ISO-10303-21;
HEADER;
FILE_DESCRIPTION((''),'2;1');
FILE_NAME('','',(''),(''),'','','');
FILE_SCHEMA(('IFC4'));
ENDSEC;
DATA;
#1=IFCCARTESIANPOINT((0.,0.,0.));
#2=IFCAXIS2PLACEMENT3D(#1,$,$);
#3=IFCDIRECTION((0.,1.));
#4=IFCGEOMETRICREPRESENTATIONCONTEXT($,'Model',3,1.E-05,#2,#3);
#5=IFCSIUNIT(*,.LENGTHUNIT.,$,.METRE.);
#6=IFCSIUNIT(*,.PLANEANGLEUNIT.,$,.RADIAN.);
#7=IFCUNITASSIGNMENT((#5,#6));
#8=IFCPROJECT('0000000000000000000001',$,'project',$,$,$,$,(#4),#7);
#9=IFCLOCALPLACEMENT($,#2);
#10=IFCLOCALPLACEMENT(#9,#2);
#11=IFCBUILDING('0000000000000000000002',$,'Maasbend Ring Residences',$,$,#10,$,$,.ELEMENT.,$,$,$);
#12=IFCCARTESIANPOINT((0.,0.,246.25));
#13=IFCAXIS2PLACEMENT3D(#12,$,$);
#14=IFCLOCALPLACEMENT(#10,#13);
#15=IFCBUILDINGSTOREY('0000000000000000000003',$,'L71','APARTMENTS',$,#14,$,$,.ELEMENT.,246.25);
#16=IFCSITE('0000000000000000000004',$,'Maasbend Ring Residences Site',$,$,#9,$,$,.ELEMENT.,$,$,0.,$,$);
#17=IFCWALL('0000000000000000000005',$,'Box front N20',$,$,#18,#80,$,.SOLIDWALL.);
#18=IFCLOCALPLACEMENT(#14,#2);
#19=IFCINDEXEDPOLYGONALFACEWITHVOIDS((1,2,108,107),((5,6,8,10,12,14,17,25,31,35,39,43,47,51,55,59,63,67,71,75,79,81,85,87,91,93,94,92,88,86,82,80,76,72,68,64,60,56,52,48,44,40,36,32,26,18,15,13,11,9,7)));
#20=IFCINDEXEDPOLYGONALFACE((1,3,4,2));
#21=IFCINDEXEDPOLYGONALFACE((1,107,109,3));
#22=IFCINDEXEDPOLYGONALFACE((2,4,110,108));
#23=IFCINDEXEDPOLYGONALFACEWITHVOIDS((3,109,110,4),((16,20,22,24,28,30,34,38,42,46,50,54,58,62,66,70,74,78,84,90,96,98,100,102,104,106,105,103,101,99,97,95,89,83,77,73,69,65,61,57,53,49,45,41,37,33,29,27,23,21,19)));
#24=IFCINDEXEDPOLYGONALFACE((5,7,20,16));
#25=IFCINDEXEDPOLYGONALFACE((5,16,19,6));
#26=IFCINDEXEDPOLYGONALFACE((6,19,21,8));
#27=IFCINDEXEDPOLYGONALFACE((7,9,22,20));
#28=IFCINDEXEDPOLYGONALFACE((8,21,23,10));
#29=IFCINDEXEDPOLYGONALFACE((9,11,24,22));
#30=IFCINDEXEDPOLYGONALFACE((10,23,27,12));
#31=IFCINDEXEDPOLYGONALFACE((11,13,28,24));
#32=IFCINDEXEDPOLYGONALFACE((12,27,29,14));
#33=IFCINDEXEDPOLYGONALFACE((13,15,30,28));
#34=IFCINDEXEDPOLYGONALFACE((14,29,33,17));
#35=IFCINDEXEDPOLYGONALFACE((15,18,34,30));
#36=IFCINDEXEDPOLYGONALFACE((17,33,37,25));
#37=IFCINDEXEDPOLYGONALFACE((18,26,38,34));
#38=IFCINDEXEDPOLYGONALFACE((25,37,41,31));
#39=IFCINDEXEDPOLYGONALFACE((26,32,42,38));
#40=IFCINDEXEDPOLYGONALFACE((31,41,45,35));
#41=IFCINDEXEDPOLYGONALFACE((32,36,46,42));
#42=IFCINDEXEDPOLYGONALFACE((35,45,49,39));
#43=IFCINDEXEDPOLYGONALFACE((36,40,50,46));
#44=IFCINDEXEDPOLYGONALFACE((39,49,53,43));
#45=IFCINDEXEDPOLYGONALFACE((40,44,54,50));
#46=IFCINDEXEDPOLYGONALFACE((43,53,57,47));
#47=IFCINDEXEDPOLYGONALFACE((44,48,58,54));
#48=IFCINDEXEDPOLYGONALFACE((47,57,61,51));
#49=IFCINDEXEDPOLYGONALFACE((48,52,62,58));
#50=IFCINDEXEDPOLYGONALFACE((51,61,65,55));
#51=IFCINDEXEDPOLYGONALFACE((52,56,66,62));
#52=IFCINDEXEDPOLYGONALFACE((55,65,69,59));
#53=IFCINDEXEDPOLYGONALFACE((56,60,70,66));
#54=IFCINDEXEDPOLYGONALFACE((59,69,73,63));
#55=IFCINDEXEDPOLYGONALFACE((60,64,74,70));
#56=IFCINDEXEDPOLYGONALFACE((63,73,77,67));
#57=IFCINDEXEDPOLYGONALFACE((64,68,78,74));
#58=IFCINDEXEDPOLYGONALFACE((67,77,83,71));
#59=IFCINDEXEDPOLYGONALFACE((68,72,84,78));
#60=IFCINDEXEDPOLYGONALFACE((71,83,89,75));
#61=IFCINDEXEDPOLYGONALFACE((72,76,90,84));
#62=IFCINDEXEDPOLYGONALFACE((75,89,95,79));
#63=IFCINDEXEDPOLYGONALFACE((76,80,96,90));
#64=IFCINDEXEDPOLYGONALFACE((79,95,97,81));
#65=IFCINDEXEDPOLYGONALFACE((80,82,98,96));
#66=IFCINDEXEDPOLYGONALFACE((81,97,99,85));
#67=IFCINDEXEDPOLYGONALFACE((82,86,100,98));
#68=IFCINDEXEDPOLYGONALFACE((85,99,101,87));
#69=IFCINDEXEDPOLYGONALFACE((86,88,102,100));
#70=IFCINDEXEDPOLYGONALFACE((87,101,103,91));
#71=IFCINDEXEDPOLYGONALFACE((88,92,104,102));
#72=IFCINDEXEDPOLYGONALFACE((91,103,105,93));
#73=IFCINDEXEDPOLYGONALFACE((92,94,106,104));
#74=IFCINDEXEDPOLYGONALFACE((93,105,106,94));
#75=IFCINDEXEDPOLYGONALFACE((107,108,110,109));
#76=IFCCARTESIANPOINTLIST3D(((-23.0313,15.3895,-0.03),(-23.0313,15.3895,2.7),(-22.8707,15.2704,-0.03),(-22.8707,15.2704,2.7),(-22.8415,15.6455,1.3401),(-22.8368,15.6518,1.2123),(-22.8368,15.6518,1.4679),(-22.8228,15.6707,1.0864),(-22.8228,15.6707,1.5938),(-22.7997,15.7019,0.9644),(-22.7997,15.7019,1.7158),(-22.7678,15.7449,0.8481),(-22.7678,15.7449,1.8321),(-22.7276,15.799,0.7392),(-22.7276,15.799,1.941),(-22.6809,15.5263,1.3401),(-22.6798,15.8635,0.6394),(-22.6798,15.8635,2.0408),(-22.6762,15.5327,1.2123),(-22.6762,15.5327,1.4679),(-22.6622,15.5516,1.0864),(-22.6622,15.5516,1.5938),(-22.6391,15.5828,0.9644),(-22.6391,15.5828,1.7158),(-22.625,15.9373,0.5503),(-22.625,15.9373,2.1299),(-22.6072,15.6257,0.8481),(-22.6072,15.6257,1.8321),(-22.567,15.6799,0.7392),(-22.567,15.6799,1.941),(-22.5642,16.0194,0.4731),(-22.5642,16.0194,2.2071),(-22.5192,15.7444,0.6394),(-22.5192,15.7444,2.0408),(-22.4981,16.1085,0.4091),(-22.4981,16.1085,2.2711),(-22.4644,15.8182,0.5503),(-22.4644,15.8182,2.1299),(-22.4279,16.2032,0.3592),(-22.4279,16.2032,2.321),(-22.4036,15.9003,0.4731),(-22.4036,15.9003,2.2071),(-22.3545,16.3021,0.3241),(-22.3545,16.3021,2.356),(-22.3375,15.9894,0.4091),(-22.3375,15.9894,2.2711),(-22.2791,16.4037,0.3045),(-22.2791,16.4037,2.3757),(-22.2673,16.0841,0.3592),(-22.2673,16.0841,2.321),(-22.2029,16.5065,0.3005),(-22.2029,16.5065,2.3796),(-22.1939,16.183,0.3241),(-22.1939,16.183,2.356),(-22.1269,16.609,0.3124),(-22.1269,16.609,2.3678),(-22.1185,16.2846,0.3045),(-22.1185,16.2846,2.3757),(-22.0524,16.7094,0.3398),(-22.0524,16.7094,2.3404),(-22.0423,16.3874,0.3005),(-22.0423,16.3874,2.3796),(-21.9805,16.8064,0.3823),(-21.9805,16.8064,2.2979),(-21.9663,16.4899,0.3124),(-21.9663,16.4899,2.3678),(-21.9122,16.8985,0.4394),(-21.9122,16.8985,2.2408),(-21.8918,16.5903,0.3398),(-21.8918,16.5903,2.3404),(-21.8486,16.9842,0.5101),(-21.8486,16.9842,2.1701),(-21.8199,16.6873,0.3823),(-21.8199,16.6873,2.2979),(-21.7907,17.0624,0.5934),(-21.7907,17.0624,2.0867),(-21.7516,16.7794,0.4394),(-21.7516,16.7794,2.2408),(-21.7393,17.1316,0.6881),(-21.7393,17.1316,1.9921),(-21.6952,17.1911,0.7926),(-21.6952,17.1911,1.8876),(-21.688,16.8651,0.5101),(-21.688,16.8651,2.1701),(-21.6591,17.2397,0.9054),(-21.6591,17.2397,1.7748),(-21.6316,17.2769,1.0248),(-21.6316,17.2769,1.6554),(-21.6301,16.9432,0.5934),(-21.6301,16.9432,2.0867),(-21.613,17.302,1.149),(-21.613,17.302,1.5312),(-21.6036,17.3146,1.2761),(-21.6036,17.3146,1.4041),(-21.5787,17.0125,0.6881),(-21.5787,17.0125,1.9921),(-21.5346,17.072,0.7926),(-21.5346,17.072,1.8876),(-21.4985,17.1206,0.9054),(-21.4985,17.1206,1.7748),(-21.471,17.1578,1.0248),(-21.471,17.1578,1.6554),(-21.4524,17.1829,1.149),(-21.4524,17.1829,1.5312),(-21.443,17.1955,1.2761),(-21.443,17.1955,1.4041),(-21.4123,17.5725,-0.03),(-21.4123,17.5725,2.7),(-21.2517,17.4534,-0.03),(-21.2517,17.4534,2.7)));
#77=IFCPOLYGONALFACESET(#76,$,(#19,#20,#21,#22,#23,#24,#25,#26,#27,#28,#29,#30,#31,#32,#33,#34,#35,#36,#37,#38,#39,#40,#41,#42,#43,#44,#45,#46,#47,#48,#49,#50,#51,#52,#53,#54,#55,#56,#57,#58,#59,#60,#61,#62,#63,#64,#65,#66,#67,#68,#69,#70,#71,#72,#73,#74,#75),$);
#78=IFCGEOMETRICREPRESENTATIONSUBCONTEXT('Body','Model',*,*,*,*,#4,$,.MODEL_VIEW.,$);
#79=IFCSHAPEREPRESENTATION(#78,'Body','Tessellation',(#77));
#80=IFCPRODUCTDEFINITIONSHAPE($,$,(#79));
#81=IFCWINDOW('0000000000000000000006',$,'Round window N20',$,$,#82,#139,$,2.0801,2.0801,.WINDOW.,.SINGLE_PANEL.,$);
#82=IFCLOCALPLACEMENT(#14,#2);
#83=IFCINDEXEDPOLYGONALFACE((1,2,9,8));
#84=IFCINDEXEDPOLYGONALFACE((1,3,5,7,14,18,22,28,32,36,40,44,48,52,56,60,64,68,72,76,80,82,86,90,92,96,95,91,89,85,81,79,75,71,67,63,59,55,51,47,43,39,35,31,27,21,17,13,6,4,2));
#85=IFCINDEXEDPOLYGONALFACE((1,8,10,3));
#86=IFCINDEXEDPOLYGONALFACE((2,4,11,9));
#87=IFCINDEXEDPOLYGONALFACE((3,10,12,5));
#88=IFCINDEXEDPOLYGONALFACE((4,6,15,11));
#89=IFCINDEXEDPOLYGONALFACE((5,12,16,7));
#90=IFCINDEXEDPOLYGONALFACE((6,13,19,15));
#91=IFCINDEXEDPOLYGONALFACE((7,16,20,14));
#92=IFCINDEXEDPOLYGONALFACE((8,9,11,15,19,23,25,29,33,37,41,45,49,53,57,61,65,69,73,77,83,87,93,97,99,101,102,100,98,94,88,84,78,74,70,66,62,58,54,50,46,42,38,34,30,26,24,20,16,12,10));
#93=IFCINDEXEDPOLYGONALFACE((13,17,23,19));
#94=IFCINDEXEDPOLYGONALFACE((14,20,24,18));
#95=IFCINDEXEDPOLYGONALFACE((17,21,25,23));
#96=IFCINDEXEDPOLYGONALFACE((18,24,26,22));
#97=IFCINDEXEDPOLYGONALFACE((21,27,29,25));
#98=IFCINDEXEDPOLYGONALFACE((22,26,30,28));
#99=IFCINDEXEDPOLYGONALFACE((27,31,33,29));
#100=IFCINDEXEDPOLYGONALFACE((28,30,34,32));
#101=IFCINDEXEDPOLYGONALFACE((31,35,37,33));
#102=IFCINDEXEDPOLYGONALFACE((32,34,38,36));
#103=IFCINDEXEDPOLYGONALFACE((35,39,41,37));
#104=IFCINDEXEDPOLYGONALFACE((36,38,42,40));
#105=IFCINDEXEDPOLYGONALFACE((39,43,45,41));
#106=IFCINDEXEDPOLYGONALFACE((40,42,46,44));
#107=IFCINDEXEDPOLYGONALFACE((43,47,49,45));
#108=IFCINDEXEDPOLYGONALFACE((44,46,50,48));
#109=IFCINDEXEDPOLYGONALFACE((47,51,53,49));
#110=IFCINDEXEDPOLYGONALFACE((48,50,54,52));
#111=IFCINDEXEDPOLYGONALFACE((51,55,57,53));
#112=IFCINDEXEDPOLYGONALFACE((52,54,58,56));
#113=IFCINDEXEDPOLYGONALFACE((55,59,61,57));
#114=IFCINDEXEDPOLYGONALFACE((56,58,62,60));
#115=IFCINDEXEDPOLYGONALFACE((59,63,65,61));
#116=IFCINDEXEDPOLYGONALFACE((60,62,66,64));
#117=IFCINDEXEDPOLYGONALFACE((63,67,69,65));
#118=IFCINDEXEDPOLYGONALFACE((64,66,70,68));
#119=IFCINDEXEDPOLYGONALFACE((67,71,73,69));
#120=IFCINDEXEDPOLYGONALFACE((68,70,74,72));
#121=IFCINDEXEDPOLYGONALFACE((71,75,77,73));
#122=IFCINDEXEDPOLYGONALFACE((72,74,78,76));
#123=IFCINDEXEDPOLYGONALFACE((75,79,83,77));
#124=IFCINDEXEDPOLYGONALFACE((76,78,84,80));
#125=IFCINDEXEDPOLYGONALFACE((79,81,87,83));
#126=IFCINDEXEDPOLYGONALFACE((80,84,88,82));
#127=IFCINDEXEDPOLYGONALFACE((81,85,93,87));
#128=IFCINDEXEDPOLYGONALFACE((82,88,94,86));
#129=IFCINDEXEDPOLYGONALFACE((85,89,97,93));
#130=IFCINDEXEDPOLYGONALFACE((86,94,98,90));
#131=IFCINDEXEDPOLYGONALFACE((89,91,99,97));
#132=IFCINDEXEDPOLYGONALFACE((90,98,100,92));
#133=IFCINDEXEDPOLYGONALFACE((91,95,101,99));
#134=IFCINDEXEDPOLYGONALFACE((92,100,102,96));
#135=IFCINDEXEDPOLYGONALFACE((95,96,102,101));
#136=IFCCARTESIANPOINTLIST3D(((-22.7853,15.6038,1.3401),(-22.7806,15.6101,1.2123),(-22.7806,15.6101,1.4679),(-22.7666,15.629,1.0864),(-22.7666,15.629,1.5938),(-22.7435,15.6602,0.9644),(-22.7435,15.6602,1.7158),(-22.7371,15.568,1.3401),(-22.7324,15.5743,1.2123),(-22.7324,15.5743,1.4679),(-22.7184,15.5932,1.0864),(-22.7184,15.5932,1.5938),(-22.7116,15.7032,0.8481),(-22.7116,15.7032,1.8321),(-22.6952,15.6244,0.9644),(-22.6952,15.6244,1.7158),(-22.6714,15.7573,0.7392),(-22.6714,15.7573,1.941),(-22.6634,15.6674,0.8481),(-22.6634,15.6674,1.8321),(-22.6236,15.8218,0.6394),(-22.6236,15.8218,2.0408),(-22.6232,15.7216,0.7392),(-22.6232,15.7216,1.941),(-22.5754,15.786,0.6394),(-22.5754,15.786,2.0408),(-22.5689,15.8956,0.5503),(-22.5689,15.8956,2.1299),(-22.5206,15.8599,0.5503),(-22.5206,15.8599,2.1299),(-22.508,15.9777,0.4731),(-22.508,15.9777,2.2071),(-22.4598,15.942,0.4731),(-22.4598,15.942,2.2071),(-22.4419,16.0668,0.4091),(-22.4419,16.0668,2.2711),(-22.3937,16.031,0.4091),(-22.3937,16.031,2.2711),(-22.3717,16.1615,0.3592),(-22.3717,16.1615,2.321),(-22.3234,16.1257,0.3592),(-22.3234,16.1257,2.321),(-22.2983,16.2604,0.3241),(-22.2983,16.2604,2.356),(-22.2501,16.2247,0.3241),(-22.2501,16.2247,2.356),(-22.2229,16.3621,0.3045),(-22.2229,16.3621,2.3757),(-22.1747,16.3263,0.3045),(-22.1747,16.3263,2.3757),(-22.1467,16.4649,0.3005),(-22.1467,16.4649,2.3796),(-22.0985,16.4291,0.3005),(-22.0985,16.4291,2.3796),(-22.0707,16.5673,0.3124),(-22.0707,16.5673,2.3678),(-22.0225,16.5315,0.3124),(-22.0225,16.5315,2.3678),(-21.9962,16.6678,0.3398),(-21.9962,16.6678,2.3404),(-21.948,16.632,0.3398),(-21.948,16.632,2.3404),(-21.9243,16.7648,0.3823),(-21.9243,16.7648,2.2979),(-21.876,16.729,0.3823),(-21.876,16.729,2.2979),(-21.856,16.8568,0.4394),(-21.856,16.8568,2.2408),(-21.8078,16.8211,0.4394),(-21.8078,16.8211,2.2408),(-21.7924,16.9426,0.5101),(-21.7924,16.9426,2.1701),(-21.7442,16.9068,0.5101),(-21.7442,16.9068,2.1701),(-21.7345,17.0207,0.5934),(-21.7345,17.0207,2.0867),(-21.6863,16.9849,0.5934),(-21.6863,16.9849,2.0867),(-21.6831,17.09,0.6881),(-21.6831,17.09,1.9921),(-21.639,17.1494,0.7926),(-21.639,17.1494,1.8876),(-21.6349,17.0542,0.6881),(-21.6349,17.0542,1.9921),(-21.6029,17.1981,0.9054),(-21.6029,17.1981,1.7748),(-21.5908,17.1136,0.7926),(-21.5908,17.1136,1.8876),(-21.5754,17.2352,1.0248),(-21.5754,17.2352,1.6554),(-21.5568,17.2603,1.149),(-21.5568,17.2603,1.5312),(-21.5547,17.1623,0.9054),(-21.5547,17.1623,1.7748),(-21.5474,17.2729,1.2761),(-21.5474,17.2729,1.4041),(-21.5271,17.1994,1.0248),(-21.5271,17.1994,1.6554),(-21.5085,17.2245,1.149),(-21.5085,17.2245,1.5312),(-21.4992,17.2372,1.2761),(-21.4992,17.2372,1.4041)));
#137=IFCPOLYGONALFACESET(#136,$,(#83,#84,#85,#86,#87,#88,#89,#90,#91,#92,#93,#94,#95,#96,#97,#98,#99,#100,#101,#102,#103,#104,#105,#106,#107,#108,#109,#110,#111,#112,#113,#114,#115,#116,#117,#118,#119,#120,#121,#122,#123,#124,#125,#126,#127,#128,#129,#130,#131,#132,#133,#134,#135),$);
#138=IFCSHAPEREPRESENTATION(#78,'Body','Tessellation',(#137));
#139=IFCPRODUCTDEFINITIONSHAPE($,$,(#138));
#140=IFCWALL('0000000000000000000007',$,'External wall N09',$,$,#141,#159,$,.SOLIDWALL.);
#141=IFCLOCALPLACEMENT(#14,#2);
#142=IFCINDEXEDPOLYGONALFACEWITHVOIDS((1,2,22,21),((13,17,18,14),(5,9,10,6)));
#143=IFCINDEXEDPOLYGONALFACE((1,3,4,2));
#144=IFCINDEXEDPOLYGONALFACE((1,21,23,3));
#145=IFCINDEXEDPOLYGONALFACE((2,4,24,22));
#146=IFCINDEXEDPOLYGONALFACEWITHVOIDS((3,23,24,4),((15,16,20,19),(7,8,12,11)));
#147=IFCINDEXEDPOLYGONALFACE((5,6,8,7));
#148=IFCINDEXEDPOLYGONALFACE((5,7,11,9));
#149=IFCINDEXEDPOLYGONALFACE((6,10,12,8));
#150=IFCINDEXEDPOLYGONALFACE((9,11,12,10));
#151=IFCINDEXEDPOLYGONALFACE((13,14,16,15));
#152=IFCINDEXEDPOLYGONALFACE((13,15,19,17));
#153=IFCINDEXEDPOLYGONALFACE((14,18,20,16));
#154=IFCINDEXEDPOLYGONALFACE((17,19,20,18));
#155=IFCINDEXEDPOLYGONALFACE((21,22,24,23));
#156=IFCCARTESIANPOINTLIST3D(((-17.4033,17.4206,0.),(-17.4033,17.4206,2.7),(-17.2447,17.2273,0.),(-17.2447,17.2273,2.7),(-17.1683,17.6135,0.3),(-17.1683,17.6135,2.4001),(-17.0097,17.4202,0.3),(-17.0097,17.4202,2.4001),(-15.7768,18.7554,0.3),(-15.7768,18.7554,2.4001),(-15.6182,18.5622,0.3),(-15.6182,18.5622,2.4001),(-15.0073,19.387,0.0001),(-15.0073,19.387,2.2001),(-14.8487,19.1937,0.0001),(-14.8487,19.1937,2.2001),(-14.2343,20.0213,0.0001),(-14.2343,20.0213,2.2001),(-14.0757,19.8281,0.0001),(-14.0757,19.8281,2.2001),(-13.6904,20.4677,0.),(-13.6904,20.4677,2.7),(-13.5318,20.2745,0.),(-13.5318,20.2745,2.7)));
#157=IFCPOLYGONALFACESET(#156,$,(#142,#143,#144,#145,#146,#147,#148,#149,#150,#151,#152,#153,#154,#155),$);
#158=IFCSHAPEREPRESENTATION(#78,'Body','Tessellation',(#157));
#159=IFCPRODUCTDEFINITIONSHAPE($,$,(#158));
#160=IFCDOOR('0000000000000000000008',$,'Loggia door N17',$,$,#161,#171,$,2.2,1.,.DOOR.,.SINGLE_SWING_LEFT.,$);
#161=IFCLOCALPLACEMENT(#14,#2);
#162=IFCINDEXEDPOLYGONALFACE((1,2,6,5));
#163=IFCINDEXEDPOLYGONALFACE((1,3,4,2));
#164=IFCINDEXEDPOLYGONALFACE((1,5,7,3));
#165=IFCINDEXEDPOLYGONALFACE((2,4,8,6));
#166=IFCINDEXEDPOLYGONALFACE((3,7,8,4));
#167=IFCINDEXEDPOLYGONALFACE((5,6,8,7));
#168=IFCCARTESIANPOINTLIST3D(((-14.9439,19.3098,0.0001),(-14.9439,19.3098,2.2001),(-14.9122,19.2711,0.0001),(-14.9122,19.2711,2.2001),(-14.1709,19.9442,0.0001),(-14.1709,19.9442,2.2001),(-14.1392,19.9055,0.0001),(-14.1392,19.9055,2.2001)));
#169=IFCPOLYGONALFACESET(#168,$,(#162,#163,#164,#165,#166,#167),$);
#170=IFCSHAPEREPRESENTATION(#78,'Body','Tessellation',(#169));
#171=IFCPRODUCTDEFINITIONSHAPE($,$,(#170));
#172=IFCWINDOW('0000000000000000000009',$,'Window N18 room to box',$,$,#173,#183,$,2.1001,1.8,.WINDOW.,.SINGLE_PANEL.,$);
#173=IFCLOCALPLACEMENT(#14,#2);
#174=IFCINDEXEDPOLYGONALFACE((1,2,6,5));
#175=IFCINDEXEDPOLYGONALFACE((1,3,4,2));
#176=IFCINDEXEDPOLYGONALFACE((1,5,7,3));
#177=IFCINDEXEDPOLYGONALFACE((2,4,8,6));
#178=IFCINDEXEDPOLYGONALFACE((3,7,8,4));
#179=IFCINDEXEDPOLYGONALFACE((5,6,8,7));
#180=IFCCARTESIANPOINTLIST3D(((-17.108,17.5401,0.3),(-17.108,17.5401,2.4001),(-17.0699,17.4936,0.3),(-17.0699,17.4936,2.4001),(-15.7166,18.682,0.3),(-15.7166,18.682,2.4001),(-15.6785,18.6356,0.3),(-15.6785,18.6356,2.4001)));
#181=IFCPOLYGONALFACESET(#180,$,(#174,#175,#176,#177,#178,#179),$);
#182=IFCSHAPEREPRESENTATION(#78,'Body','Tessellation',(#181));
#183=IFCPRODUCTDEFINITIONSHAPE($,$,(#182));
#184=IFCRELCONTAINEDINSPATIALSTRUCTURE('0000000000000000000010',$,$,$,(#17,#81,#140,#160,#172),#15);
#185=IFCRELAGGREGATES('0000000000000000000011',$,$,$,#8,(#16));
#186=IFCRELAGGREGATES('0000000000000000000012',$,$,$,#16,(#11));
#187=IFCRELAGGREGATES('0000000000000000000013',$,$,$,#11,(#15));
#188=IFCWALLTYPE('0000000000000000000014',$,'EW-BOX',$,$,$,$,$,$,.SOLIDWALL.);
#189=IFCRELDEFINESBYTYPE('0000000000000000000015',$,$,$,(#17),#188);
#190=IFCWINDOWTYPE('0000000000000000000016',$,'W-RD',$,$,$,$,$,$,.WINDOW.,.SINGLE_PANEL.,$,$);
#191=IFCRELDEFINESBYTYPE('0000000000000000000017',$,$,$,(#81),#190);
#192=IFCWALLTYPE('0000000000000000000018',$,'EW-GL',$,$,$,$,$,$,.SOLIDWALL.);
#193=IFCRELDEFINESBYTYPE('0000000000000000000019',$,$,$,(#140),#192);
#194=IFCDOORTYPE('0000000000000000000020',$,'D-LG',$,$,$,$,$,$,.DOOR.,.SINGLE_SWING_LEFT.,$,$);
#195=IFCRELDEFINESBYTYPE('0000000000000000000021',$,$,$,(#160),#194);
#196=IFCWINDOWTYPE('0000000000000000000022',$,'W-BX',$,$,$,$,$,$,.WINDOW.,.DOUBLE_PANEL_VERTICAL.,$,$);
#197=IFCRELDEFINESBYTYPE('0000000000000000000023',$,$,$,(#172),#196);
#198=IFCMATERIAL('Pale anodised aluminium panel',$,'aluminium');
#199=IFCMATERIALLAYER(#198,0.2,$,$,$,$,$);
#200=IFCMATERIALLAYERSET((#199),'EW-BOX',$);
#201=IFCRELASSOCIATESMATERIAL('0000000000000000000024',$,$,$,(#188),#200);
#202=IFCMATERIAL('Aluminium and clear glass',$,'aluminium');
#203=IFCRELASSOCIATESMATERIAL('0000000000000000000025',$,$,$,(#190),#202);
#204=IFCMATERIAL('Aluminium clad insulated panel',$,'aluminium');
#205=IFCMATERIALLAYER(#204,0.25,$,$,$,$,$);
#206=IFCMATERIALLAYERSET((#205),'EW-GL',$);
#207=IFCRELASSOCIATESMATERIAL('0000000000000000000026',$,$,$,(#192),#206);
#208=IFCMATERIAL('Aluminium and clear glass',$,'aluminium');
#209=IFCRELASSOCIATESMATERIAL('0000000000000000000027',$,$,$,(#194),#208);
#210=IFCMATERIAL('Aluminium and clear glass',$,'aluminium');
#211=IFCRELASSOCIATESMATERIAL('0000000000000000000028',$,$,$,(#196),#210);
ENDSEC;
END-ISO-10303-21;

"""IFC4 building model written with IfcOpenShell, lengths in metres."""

from ifc_helpers import new_model, si_unit, direction, frame, frame_2d, origin, place, context, subcontext, project, spatial, rectangle, circle, extrude, material, layer, layer_set, type_object, element, fill, save


model = new_model("IFC4")

# Units and contexts
model_context = context("Model", 3, precision=1e-05, world=origin(), true_north=direction((0.0, 1.0)))
body_context = subcontext(model_context, "Body", "Model", "MODEL_VIEW")
ifc_project = project(units=[si_unit("LENGTHUNIT", "METRE"), si_unit("PLANEANGLEUNIT", "RADIAN")], contexts=[model_context])

# Site, building, storey
site_placement = place(None, origin())
site = spatial("IfcSite", under=ifc_project, at=site_placement, Name="Maasbend Ring Residences Site", CompositionType="ELEMENT", RefElevation=0.0)
building_placement = place(site_placement, origin())
building = spatial("IfcBuilding", under=site, at=building_placement, Name="Maasbend Ring Residences", CompositionType="ELEMENT")
storey_placement = place(building_placement, frame((0.0, 0.0, 246.25)))
storey = spatial("IfcBuildingStorey", under=building, at=storey_placement, Name="L71", Description="APARTMENTS", CompositionType="ELEMENT", Elevation=246.25)

# Shared definitions
ifc_material_1 = material(Name="Pale anodised aluminium panel", Category="aluminium")
ifc_layer_1 = layer(ifc_material_1, 0.2)
ifc_layer_set_1 = layer_set([ifc_layer_1], Name="EW-BOX")
wall_type_1 = type_object("IfcWallType", Name="EW-BOX", PredefinedType="SOLIDWALL", material=ifc_layer_set_1)
ifc_material_2 = material(Name="Aluminium and clear glass", Category="aluminium")
window_type_1 = type_object("IfcWindowType", Name="W-RD", PartitioningType="SINGLE_PANEL", PredefinedType="WINDOW", material=ifc_material_2)

# Wall, opening, window
wall_1_placement = place(storey_placement, frame((-21.332, 17.5129, -0.03), z_axis=(0.0, 0.0, 1.0), x_axis=(-0.595694, -0.803212, 0.0)))
wall_1 = element("IfcWall", 1, at=wall_1_placement, inside=storey, type_object=wall_type_1, Name="Box front N20", PredefinedType="SOLIDWALL", context=body_context, shape_type="SweptSolid", body=[
    extrude(rectangle(XDim=2.7178, YDim=0.2, at=frame_2d((1.3589, 0.0))), origin(), (0.0, 0.0, 1.0), 2.73),
])
opening_1_placement = place(wall_1_placement, frame((0.3191, 0.0, 0.3301)))
opening_1 = element("IfcOpeningElement", 2, at=opening_1_placement, cuts=wall_1, PredefinedType="OPENING", context=body_context, shape_type="SweptSolid", body=[
    extrude(circle(Radius=1.04, at=frame_2d((1.04, 1.04))), frame((0.0, 0.1099, 0.0), z_axis=(0.0, -1.0, 0.0), x_axis=(1.0, 0.0, 0.0)), (0.0, 0.0, 1.0), 0.22),
])
window_1_placement = place(opening_1_placement, origin())
window_1 = element("IfcWindow", 3, at=window_1_placement, inside=storey, type_object=window_type_1, Name="Round window N20", OverallHeight=2.0801, OverallWidth=2.0801, PartitioningType="SINGLE_PANEL", PredefinedType="WINDOW", context=body_context, shape_type="SweptSolid", body=[
    extrude(circle(Radius=1.04, at=frame_2d((1.04, 1.04))), frame((0.0, 0.03, 0.0), z_axis=(0.0, -1.0, 0.0), x_axis=(1.0, 0.0, 0.0)), (0.0, 0.0, 1.0), 0.0601),
])
fill(opening_1, window_1)

# Wall, openings, door, window
ifc_material_3 = material(Name="Aluminium clad insulated panel", Category="aluminium")
ifc_layer_2 = layer(ifc_material_3, 0.25)
ifc_layer_set_2 = layer_set([ifc_layer_2], Name="EW-GL")
wall_type_2 = type_object("IfcWallType", Name="EW-GL", PredefinedType="SOLIDWALL", material=ifc_layer_set_2)
wall_2_placement = place(storey_placement, frame((-13.6111, 20.3711, 0.0), z_axis=(0.0, 0.0, 1.0), x_axis=(-0.773008, -0.634397, 0.0)))
wall_2 = element("IfcWall", 4, at=wall_2_placement, inside=storey, type_object=wall_type_2, Name="External wall N09", PredefinedType="SOLIDWALL", context=body_context, shape_type="SweptSolid", body=[
    extrude(rectangle(XDim=4.8032, YDim=0.25, at=frame_2d((2.4016, 0.0))), origin(), (0.0, 0.0, 1.0), 2.7),
])
opening_2_placement = place(wall_2_placement, frame((0.7036, 0.0, 0.0)))
opening_2 = element("IfcOpeningElement", 5, at=opening_2_placement, cuts=wall_2, PredefinedType="OPENING", context=body_context, shape_type="SweptSolid", body=[
    extrude(rectangle(XDim=1.0, YDim=2.2, at=frame_2d((0.5, 1.1001))), frame((0.0, 0.135, 0.0), z_axis=(0.0, -1.0, 0.0), x_axis=(1.0, 0.0, 0.0)), (0.0, 0.0, 1.0), 0.27),
])
opening_3_placement = place(wall_2_placement, frame((2.6992, 0.0, 0.3)))
opening_3 = element("IfcOpeningElement", 6, at=opening_3_placement, cuts=wall_2, PredefinedType="OPENING", context=body_context, shape_type="SweptSolid", body=[
    extrude(rectangle(XDim=1.8, YDim=2.1001, at=frame_2d((0.8999, 1.05))), frame((0.0, 0.135, 0.0), z_axis=(0.0, -1.0, 0.0), x_axis=(1.0, 0.0, 0.0)), (0.0, 0.0, 1.0), 0.27),
])
ifc_material_4 = material(Name="Aluminium and clear glass", Category="aluminium")
door_type = type_object("IfcDoorType", Name="D-LG", OperationType="SINGLE_SWING_LEFT", PredefinedType="DOOR", material=ifc_material_4)
door_placement = place(opening_2_placement, origin())
door = element("IfcDoor", 7, at=door_placement, inside=storey, type_object=door_type, Name="Loggia door N17", OperationType="SINGLE_SWING_LEFT", OverallHeight=2.2, OverallWidth=1.0, PredefinedType="DOOR", context=body_context, shape_type="SweptSolid", body=[
    extrude(rectangle(XDim=1.0, YDim=2.2, at=frame_2d((0.5, 1.1001))), frame((0.0, 0.0249, 0.0), z_axis=(0.0, -1.0, 0.0), x_axis=(1.0, 0.0, 0.0)), (0.0, 0.0, 1.0), 0.05),
])
fill(opening_2, door)
ifc_material_5 = material(Name="Aluminium and clear glass", Category="aluminium")
window_type_2 = type_object("IfcWindowType", Name="W-BX", PartitioningType="DOUBLE_PANEL_VERTICAL", PredefinedType="WINDOW", material=ifc_material_5)
window_2_placement = place(opening_3_placement, origin())
window_2 = element("IfcWindow", 8, at=window_2_placement, inside=storey, type_object=window_type_2, Name="Window N18 room to box", OverallHeight=2.1001, OverallWidth=1.8, PartitioningType="SINGLE_PANEL", PredefinedType="WINDOW", context=body_context, shape_type="SweptSolid", body=[
    extrude(rectangle(XDim=1.8, YDim=2.1001, at=frame_2d((0.8999, 1.05))), frame((0.0, 0.03, 0.0), z_axis=(0.0, -1.0, 0.0), x_axis=(1.0, 0.0, 0.0)), (0.0, 0.0, 1.0), 0.0601),
])
fill(opening_3, window_2)

save(model, "model.ifc")
